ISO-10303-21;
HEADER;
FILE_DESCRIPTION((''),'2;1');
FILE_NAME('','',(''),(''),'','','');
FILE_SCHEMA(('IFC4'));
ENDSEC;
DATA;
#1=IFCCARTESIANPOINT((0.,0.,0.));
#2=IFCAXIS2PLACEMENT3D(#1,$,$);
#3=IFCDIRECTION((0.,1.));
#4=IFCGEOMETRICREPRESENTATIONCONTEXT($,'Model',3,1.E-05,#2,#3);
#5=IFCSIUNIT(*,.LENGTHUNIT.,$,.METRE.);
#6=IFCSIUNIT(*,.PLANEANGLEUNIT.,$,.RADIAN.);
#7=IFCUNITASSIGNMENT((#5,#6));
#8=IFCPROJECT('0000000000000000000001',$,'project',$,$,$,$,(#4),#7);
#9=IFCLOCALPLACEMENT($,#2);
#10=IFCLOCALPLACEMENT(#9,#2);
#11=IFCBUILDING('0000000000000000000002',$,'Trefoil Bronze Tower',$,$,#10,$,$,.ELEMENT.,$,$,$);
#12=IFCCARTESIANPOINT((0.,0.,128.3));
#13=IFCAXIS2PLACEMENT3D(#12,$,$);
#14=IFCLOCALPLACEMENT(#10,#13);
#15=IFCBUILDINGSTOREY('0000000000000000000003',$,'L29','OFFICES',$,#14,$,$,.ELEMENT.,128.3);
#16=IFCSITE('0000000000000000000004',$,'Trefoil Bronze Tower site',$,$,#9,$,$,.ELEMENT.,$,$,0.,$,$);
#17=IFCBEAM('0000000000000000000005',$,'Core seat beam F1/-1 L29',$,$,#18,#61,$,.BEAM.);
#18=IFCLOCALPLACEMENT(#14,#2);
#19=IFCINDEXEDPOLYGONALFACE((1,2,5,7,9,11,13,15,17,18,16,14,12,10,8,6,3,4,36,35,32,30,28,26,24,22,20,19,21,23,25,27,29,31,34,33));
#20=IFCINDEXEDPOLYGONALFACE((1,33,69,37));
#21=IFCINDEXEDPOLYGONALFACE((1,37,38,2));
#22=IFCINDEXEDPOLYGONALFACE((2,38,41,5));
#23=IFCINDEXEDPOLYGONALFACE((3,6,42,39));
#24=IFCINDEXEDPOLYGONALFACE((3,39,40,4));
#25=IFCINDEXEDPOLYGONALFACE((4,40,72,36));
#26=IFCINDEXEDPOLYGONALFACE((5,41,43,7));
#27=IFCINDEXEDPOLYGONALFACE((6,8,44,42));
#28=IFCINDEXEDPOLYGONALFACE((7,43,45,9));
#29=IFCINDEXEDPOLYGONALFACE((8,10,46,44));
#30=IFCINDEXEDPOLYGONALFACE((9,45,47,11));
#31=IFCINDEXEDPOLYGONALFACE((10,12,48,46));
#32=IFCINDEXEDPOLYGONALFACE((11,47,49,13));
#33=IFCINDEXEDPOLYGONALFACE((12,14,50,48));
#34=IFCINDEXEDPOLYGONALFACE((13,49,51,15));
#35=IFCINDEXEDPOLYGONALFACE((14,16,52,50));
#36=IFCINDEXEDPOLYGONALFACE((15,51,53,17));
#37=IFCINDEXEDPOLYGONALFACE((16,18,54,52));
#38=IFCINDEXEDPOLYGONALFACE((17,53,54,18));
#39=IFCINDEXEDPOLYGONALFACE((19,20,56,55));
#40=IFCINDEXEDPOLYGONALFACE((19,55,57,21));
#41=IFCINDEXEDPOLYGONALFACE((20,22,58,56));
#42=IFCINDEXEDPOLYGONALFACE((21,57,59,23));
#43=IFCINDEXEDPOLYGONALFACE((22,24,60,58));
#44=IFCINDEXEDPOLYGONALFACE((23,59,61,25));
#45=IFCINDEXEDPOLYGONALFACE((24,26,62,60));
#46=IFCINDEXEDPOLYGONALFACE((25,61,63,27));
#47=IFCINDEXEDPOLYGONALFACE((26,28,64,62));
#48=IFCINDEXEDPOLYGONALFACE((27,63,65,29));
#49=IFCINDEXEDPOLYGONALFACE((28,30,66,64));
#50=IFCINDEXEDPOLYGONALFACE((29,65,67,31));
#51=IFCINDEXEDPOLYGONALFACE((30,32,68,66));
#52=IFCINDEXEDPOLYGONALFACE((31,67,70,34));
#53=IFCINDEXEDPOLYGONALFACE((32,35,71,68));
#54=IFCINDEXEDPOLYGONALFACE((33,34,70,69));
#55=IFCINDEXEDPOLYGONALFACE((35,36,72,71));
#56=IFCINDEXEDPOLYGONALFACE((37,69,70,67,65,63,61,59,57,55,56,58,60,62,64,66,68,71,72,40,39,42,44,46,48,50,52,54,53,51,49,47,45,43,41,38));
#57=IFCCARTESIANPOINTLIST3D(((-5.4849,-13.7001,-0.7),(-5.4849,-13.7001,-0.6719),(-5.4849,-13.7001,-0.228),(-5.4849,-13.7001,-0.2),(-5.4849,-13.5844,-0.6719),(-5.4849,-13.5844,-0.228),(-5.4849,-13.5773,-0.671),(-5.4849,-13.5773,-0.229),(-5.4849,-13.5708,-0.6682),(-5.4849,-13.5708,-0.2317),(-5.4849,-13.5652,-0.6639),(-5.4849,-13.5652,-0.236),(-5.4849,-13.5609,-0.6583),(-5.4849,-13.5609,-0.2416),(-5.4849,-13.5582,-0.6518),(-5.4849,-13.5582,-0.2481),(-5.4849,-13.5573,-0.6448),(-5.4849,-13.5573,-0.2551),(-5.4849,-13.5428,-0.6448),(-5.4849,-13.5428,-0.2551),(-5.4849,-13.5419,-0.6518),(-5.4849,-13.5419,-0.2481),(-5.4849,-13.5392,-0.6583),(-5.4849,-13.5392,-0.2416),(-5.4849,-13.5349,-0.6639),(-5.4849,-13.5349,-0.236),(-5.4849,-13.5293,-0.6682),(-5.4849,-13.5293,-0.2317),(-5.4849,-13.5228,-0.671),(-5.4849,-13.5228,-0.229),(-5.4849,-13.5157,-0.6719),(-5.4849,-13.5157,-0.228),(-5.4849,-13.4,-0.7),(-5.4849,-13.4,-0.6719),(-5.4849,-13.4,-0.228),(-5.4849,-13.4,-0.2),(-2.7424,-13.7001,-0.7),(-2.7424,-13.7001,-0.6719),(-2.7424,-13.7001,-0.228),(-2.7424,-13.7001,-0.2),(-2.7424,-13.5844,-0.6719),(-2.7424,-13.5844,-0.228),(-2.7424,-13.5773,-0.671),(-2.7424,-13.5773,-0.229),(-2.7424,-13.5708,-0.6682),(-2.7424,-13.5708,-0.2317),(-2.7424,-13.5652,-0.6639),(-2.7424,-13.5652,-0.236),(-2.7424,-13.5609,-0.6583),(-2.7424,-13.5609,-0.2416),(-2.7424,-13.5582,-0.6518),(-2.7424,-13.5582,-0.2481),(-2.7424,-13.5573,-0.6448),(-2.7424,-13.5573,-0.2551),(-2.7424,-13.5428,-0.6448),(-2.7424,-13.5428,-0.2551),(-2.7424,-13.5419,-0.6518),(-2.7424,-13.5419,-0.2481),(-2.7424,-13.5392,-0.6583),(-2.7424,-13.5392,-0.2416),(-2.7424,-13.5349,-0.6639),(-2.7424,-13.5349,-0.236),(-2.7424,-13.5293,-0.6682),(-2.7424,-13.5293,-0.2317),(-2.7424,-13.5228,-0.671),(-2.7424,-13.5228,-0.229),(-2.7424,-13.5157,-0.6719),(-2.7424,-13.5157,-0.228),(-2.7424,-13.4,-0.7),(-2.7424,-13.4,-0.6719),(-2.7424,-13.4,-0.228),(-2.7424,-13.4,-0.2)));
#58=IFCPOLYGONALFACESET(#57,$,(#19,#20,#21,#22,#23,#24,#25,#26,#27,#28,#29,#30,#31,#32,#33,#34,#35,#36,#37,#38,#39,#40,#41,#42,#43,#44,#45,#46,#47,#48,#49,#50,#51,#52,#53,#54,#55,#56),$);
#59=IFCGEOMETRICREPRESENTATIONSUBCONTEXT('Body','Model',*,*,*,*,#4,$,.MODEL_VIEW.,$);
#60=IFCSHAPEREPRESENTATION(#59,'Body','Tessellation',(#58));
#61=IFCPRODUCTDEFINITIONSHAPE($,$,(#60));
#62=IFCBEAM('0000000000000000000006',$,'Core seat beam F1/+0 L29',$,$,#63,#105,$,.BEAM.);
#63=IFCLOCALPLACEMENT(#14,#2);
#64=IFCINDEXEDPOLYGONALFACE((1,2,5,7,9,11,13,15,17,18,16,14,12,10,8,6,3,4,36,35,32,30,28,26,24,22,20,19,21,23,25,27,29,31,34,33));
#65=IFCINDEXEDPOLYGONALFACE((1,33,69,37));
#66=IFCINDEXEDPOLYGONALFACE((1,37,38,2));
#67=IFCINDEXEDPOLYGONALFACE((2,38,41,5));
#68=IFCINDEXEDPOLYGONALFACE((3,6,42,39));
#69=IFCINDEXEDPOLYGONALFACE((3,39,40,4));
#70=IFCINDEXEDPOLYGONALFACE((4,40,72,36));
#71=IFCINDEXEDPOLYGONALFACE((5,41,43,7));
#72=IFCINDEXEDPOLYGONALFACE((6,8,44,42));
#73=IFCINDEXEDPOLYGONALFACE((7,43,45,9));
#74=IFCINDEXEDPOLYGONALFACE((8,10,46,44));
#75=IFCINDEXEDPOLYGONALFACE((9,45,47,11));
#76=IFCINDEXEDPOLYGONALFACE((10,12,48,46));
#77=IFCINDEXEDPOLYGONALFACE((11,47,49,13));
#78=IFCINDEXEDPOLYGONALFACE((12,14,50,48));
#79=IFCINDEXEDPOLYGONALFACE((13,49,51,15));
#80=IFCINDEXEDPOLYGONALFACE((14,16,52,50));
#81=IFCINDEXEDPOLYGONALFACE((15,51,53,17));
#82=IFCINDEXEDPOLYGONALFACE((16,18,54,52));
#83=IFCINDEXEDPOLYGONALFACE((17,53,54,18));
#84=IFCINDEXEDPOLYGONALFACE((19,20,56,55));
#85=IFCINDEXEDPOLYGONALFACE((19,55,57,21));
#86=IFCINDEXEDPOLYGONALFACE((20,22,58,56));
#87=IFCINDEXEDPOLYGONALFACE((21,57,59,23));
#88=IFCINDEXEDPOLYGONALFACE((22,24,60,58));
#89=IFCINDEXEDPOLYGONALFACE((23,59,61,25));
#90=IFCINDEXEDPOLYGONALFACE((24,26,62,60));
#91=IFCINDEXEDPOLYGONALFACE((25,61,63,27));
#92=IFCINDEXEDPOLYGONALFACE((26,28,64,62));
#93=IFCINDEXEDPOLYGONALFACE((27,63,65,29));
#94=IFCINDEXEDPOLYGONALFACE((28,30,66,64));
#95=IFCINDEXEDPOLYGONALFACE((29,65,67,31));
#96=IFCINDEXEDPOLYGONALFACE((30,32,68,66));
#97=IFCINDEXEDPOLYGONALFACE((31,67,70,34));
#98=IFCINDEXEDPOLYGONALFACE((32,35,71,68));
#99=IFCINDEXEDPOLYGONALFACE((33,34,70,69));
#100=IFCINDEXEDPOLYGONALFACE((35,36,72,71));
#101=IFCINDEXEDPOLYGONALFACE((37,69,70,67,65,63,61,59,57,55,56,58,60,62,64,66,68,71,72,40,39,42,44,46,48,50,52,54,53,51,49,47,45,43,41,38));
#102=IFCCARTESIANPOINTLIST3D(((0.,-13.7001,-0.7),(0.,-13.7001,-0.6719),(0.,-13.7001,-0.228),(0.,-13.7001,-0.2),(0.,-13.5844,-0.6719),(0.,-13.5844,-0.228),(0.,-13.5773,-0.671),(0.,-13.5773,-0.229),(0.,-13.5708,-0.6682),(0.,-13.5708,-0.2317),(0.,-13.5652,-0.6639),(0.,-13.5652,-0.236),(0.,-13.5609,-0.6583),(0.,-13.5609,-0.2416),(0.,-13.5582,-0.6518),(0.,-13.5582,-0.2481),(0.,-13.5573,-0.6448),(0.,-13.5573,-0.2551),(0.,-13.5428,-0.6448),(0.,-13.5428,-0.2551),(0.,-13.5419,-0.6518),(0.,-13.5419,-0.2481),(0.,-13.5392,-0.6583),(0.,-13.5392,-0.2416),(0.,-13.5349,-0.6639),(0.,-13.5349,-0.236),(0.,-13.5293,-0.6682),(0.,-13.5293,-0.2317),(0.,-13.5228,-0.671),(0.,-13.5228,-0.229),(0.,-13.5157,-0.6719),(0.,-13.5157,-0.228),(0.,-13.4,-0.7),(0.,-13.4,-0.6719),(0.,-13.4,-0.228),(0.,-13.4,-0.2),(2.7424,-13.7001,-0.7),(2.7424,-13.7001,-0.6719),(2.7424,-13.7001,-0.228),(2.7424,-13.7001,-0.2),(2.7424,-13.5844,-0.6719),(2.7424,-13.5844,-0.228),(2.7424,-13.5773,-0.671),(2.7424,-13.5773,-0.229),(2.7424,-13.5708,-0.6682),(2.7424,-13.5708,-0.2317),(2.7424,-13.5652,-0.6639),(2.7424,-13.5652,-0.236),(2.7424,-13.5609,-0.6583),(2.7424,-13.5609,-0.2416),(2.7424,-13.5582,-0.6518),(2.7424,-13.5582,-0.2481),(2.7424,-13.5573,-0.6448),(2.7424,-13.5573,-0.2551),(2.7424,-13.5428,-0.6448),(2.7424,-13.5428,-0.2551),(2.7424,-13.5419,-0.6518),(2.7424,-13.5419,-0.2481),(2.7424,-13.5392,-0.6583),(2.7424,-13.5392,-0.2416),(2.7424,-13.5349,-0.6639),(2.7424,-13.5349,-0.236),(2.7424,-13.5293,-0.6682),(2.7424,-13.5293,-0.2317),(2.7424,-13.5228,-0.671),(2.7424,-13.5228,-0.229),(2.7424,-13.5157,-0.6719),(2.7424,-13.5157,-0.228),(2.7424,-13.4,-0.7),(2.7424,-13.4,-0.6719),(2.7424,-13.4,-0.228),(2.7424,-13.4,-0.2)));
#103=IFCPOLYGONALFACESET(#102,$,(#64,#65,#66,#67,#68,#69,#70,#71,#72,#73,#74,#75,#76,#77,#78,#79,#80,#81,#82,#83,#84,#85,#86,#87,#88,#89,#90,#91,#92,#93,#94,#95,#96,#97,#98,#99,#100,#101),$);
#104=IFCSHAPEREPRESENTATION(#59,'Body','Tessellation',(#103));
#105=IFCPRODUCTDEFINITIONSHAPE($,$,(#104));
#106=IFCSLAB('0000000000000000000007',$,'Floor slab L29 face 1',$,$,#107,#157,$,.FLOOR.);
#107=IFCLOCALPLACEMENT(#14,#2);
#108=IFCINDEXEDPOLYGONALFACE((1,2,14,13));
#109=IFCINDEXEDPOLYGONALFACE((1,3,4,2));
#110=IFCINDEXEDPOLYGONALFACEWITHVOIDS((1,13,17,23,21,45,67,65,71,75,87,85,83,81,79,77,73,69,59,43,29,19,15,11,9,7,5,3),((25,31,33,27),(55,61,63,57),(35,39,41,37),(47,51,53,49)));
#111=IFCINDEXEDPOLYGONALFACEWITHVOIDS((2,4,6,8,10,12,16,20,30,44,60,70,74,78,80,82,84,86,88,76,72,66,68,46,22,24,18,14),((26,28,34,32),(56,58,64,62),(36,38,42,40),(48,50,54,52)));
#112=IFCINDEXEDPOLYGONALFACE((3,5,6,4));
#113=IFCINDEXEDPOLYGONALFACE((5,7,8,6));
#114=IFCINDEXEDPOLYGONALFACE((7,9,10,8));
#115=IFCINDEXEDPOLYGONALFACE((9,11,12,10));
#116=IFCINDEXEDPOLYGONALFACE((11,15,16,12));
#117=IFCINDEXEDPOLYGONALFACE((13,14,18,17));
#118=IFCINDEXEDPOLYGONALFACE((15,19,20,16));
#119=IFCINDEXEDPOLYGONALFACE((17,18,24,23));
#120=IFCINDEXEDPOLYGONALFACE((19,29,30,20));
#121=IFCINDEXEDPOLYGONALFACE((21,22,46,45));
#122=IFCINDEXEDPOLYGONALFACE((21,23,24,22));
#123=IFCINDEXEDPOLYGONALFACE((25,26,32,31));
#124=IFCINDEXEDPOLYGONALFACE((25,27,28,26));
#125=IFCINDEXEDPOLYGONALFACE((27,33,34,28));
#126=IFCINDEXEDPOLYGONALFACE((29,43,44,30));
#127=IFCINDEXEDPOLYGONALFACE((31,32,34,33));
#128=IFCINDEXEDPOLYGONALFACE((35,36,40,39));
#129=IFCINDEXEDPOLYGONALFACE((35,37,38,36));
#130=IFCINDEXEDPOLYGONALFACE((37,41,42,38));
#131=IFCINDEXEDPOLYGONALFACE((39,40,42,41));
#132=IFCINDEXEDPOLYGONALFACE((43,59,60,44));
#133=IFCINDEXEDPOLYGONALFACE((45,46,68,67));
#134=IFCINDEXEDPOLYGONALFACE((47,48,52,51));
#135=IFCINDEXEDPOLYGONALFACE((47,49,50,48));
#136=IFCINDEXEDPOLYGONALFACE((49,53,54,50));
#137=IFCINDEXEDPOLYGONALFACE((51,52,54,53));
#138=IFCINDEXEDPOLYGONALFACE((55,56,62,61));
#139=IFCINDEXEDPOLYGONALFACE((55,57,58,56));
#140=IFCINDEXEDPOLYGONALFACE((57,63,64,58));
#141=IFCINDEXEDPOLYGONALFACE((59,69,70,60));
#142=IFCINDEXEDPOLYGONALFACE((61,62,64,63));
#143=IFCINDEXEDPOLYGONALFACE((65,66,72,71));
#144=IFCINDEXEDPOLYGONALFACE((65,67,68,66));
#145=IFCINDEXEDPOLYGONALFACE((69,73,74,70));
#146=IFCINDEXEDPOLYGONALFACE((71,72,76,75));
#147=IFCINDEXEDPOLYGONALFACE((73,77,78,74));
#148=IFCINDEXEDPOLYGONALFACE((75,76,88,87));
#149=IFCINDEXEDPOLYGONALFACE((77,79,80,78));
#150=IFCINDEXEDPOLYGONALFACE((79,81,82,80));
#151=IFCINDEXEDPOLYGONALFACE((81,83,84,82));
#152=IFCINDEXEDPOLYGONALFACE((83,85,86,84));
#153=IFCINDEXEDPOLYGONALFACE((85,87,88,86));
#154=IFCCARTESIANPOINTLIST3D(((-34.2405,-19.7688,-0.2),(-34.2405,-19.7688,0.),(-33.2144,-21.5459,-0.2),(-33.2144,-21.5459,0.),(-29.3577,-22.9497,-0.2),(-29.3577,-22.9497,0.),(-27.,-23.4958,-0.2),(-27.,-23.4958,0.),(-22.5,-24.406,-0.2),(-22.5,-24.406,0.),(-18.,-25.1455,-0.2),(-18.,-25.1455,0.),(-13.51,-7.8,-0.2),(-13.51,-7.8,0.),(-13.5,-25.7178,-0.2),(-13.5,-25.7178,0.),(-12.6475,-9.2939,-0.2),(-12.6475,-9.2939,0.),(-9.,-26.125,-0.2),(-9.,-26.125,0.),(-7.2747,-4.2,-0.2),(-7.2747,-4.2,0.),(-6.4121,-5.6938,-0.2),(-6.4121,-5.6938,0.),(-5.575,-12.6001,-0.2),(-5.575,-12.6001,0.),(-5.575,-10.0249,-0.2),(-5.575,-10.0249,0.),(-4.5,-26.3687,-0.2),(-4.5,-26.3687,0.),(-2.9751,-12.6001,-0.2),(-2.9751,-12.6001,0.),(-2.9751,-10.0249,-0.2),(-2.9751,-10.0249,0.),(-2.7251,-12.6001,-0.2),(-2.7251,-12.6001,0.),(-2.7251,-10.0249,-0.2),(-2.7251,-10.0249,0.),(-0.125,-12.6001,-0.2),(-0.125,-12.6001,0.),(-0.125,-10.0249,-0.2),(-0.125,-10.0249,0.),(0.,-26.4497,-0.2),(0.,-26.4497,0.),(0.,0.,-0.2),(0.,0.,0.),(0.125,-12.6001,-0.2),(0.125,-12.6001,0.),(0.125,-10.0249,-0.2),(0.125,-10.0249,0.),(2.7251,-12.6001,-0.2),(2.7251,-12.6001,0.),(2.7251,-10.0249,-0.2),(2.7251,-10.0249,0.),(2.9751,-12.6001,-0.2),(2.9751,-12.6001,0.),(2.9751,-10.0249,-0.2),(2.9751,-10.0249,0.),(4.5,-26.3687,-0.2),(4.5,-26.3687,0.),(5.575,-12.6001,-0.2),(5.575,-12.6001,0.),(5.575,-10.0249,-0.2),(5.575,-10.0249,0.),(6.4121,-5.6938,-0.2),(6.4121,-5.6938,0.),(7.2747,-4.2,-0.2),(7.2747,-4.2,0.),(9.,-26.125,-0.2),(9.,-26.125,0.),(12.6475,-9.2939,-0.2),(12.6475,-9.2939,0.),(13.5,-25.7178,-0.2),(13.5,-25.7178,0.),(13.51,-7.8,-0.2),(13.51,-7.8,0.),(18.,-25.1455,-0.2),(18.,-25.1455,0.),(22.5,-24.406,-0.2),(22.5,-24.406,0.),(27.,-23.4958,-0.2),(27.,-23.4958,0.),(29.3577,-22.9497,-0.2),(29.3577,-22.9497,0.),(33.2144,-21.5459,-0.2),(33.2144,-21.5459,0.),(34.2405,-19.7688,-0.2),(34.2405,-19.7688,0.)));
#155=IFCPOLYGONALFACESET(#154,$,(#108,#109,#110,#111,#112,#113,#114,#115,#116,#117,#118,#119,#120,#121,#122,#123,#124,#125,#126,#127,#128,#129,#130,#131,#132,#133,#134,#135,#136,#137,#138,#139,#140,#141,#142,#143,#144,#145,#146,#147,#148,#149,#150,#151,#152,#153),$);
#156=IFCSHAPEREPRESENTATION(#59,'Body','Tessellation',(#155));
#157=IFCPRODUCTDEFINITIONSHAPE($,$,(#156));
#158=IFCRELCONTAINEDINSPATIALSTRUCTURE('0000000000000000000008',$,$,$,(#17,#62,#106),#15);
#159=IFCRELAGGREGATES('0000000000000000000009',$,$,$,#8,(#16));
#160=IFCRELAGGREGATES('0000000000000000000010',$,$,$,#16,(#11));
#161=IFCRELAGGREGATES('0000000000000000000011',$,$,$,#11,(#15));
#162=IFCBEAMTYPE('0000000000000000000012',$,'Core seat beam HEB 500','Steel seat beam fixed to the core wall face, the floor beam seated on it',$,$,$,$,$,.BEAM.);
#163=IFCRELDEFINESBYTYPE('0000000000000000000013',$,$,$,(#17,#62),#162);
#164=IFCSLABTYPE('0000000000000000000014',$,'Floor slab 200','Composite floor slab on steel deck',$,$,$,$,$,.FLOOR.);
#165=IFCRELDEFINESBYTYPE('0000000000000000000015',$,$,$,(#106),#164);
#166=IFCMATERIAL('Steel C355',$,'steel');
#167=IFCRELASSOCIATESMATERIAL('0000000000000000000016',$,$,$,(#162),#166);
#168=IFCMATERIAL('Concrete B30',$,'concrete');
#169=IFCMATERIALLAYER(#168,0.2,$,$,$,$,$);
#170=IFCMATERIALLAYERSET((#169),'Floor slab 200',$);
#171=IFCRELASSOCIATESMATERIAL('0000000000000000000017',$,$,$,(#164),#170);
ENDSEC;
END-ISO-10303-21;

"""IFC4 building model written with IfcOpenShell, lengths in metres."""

from ifc_helpers import new_model, si_unit, direction, frame, origin, origin_2d, place, context, subcontext, project, spatial, polyline, i_section, outline, extrude, material, layer, layer_set, material_profile, profile_set, type_object, element, save


model = new_model("IFC4")

# Units and contexts
model_context = context("Model", 3, precision=1e-05, world=origin(), true_north=direction((0.0, 1.0)))
body_context = subcontext(model_context, "Body", "Model", "MODEL_VIEW")
ifc_project = project(units=[si_unit("LENGTHUNIT", "METRE"), si_unit("PLANEANGLEUNIT", "RADIAN")], contexts=[model_context])

# Site, building, storey
site_placement = place(None, origin())
site = spatial("IfcSite", under=ifc_project, at=site_placement, Name="Trefoil Bronze Tower site", CompositionType="ELEMENT", RefElevation=0.0)
building_placement = place(site_placement, origin())
building = spatial("IfcBuilding", under=site, at=building_placement, Name="Trefoil Bronze Tower", CompositionType="ELEMENT")
storey_placement = place(building_placement, frame((0.0, 0.0, 128.3)))
storey = spatial("IfcBuildingStorey", under=building, at=storey_placement, Name="L29", Description="OFFICES", CompositionType="ELEMENT", Elevation=128.3)

# Beams
ifc_material_1 = material(Name="Steel C355", Category="steel")
ifc_material_profile = material_profile(ifc_material_1, i_section(OverallWidth=0.3, OverallDepth=0.5, WebThickness=0.0144, FlangeThickness=0.0281, FilletRadius=0.0271, at=origin_2d()), Name="HEB 500")
ifc_profile_set = profile_set([ifc_material_profile], Name="Steel C355")
beam_type = type_object("IfcBeamType", Name="Core seat beam HEB 500", Description="Steel seat beam fixed to the core wall face, the floor beam seated on it", PredefinedType="BEAM", material=ifc_profile_set)
for number, where, z_axis, x_axis, name in (
    (1, (-5.4849, -13.55, -0.45), (1.0, 0.0, 0.0), (0.0, 1.0, 0.0), "Core seat beam F1/-1 L29"),
    (2, (0.0, -13.55, -0.45), (1.0, 0.0, 0.0), (0.0, 1.0, 0.0), "Core seat beam F1/+0 L29"),
):
    element("IfcBeam", number, at=place(storey_placement, frame(where, z_axis=z_axis, x_axis=x_axis)), inside=storey, type_object=beam_type, Name=name, PredefinedType="BEAM", context=body_context, shape_type="SweptSolid", body=[
        extrude(i_section(OverallWidth=0.3, OverallDepth=0.5, WebThickness=0.0144, FlangeThickness=0.0281, FilletRadius=0.0271, at=origin_2d()), origin(), (0.0, 0.0, 1.0), 2.7424),
    ])

# Slab
ifc_material_2 = material(Name="Concrete B30", Category="concrete")
ifc_layer_1 = layer(ifc_material_2, 0.2)
ifc_layer_set_1 = layer_set([ifc_layer_1], Name="Floor slab 200")
slab_type = type_object("IfcSlabType", Name="Floor slab 200", Description="Composite floor slab on steel deck", PredefinedType="FLOOR", material=ifc_layer_set_1)
slab_1_placement = place(storey_placement, frame((0.0, 0.0, -0.2)))
element("IfcSlab", 3, at=slab_1_placement, inside=storey, type_object=slab_type, Name="Floor slab L29 face 1", PredefinedType="FLOOR", context=body_context, shape_type="SweptSolid", body=[
    extrude(outline(polyline([(22.5, -24.406), (18.0, -25.1455), (13.5, -25.7178), (9.0, -26.125), (4.5, -26.3687), (0.0, -26.4497), (-4.5, -26.3687), (-9.0, -26.125), (-13.5, -25.7178), (-18.0, -25.1455), (-22.5, -24.406), (-27.0, -23.4958), (-29.3577, -22.9497), (-33.2144, -21.5459), (-34.2405, -19.7688), (-13.51, -7.8), (-12.6475, -9.2939), (-6.4121, -5.6938), (-7.2747, -4.2), (0.0, 0.0), (7.2747, -4.2), (6.4121, -5.6938), (12.6475, -9.2939), (13.51, -7.8), (34.2405, -19.7688), (33.2144, -21.5459), (29.3577, -22.9497), (27.0, -23.4958), (22.5, -24.406)]), holes=[polyline([(-5.575, -10.0249), (-2.9751, -10.0249), (-2.9751, -12.6001), (-5.575, -12.6001), (-5.575, -10.0249)]), polyline([(-2.7251, -10.0249), (-0.125, -10.0249), (-0.125, -12.6001), (-2.7251, -12.6001), (-2.7251, -10.0249)]), polyline([(0.125, -10.0249), (2.7251, -10.0249), (2.7251, -12.6001), (0.125, -12.6001), (0.125, -10.0249)]), polyline([(2.9751, -10.0249), (5.575, -10.0249), (5.575, -12.6001), (2.9751, -12.6001), (2.9751, -10.0249)])]), origin(), (0.0, 0.0, 1.0), 0.2),
])

save(model, "model.ifc")
